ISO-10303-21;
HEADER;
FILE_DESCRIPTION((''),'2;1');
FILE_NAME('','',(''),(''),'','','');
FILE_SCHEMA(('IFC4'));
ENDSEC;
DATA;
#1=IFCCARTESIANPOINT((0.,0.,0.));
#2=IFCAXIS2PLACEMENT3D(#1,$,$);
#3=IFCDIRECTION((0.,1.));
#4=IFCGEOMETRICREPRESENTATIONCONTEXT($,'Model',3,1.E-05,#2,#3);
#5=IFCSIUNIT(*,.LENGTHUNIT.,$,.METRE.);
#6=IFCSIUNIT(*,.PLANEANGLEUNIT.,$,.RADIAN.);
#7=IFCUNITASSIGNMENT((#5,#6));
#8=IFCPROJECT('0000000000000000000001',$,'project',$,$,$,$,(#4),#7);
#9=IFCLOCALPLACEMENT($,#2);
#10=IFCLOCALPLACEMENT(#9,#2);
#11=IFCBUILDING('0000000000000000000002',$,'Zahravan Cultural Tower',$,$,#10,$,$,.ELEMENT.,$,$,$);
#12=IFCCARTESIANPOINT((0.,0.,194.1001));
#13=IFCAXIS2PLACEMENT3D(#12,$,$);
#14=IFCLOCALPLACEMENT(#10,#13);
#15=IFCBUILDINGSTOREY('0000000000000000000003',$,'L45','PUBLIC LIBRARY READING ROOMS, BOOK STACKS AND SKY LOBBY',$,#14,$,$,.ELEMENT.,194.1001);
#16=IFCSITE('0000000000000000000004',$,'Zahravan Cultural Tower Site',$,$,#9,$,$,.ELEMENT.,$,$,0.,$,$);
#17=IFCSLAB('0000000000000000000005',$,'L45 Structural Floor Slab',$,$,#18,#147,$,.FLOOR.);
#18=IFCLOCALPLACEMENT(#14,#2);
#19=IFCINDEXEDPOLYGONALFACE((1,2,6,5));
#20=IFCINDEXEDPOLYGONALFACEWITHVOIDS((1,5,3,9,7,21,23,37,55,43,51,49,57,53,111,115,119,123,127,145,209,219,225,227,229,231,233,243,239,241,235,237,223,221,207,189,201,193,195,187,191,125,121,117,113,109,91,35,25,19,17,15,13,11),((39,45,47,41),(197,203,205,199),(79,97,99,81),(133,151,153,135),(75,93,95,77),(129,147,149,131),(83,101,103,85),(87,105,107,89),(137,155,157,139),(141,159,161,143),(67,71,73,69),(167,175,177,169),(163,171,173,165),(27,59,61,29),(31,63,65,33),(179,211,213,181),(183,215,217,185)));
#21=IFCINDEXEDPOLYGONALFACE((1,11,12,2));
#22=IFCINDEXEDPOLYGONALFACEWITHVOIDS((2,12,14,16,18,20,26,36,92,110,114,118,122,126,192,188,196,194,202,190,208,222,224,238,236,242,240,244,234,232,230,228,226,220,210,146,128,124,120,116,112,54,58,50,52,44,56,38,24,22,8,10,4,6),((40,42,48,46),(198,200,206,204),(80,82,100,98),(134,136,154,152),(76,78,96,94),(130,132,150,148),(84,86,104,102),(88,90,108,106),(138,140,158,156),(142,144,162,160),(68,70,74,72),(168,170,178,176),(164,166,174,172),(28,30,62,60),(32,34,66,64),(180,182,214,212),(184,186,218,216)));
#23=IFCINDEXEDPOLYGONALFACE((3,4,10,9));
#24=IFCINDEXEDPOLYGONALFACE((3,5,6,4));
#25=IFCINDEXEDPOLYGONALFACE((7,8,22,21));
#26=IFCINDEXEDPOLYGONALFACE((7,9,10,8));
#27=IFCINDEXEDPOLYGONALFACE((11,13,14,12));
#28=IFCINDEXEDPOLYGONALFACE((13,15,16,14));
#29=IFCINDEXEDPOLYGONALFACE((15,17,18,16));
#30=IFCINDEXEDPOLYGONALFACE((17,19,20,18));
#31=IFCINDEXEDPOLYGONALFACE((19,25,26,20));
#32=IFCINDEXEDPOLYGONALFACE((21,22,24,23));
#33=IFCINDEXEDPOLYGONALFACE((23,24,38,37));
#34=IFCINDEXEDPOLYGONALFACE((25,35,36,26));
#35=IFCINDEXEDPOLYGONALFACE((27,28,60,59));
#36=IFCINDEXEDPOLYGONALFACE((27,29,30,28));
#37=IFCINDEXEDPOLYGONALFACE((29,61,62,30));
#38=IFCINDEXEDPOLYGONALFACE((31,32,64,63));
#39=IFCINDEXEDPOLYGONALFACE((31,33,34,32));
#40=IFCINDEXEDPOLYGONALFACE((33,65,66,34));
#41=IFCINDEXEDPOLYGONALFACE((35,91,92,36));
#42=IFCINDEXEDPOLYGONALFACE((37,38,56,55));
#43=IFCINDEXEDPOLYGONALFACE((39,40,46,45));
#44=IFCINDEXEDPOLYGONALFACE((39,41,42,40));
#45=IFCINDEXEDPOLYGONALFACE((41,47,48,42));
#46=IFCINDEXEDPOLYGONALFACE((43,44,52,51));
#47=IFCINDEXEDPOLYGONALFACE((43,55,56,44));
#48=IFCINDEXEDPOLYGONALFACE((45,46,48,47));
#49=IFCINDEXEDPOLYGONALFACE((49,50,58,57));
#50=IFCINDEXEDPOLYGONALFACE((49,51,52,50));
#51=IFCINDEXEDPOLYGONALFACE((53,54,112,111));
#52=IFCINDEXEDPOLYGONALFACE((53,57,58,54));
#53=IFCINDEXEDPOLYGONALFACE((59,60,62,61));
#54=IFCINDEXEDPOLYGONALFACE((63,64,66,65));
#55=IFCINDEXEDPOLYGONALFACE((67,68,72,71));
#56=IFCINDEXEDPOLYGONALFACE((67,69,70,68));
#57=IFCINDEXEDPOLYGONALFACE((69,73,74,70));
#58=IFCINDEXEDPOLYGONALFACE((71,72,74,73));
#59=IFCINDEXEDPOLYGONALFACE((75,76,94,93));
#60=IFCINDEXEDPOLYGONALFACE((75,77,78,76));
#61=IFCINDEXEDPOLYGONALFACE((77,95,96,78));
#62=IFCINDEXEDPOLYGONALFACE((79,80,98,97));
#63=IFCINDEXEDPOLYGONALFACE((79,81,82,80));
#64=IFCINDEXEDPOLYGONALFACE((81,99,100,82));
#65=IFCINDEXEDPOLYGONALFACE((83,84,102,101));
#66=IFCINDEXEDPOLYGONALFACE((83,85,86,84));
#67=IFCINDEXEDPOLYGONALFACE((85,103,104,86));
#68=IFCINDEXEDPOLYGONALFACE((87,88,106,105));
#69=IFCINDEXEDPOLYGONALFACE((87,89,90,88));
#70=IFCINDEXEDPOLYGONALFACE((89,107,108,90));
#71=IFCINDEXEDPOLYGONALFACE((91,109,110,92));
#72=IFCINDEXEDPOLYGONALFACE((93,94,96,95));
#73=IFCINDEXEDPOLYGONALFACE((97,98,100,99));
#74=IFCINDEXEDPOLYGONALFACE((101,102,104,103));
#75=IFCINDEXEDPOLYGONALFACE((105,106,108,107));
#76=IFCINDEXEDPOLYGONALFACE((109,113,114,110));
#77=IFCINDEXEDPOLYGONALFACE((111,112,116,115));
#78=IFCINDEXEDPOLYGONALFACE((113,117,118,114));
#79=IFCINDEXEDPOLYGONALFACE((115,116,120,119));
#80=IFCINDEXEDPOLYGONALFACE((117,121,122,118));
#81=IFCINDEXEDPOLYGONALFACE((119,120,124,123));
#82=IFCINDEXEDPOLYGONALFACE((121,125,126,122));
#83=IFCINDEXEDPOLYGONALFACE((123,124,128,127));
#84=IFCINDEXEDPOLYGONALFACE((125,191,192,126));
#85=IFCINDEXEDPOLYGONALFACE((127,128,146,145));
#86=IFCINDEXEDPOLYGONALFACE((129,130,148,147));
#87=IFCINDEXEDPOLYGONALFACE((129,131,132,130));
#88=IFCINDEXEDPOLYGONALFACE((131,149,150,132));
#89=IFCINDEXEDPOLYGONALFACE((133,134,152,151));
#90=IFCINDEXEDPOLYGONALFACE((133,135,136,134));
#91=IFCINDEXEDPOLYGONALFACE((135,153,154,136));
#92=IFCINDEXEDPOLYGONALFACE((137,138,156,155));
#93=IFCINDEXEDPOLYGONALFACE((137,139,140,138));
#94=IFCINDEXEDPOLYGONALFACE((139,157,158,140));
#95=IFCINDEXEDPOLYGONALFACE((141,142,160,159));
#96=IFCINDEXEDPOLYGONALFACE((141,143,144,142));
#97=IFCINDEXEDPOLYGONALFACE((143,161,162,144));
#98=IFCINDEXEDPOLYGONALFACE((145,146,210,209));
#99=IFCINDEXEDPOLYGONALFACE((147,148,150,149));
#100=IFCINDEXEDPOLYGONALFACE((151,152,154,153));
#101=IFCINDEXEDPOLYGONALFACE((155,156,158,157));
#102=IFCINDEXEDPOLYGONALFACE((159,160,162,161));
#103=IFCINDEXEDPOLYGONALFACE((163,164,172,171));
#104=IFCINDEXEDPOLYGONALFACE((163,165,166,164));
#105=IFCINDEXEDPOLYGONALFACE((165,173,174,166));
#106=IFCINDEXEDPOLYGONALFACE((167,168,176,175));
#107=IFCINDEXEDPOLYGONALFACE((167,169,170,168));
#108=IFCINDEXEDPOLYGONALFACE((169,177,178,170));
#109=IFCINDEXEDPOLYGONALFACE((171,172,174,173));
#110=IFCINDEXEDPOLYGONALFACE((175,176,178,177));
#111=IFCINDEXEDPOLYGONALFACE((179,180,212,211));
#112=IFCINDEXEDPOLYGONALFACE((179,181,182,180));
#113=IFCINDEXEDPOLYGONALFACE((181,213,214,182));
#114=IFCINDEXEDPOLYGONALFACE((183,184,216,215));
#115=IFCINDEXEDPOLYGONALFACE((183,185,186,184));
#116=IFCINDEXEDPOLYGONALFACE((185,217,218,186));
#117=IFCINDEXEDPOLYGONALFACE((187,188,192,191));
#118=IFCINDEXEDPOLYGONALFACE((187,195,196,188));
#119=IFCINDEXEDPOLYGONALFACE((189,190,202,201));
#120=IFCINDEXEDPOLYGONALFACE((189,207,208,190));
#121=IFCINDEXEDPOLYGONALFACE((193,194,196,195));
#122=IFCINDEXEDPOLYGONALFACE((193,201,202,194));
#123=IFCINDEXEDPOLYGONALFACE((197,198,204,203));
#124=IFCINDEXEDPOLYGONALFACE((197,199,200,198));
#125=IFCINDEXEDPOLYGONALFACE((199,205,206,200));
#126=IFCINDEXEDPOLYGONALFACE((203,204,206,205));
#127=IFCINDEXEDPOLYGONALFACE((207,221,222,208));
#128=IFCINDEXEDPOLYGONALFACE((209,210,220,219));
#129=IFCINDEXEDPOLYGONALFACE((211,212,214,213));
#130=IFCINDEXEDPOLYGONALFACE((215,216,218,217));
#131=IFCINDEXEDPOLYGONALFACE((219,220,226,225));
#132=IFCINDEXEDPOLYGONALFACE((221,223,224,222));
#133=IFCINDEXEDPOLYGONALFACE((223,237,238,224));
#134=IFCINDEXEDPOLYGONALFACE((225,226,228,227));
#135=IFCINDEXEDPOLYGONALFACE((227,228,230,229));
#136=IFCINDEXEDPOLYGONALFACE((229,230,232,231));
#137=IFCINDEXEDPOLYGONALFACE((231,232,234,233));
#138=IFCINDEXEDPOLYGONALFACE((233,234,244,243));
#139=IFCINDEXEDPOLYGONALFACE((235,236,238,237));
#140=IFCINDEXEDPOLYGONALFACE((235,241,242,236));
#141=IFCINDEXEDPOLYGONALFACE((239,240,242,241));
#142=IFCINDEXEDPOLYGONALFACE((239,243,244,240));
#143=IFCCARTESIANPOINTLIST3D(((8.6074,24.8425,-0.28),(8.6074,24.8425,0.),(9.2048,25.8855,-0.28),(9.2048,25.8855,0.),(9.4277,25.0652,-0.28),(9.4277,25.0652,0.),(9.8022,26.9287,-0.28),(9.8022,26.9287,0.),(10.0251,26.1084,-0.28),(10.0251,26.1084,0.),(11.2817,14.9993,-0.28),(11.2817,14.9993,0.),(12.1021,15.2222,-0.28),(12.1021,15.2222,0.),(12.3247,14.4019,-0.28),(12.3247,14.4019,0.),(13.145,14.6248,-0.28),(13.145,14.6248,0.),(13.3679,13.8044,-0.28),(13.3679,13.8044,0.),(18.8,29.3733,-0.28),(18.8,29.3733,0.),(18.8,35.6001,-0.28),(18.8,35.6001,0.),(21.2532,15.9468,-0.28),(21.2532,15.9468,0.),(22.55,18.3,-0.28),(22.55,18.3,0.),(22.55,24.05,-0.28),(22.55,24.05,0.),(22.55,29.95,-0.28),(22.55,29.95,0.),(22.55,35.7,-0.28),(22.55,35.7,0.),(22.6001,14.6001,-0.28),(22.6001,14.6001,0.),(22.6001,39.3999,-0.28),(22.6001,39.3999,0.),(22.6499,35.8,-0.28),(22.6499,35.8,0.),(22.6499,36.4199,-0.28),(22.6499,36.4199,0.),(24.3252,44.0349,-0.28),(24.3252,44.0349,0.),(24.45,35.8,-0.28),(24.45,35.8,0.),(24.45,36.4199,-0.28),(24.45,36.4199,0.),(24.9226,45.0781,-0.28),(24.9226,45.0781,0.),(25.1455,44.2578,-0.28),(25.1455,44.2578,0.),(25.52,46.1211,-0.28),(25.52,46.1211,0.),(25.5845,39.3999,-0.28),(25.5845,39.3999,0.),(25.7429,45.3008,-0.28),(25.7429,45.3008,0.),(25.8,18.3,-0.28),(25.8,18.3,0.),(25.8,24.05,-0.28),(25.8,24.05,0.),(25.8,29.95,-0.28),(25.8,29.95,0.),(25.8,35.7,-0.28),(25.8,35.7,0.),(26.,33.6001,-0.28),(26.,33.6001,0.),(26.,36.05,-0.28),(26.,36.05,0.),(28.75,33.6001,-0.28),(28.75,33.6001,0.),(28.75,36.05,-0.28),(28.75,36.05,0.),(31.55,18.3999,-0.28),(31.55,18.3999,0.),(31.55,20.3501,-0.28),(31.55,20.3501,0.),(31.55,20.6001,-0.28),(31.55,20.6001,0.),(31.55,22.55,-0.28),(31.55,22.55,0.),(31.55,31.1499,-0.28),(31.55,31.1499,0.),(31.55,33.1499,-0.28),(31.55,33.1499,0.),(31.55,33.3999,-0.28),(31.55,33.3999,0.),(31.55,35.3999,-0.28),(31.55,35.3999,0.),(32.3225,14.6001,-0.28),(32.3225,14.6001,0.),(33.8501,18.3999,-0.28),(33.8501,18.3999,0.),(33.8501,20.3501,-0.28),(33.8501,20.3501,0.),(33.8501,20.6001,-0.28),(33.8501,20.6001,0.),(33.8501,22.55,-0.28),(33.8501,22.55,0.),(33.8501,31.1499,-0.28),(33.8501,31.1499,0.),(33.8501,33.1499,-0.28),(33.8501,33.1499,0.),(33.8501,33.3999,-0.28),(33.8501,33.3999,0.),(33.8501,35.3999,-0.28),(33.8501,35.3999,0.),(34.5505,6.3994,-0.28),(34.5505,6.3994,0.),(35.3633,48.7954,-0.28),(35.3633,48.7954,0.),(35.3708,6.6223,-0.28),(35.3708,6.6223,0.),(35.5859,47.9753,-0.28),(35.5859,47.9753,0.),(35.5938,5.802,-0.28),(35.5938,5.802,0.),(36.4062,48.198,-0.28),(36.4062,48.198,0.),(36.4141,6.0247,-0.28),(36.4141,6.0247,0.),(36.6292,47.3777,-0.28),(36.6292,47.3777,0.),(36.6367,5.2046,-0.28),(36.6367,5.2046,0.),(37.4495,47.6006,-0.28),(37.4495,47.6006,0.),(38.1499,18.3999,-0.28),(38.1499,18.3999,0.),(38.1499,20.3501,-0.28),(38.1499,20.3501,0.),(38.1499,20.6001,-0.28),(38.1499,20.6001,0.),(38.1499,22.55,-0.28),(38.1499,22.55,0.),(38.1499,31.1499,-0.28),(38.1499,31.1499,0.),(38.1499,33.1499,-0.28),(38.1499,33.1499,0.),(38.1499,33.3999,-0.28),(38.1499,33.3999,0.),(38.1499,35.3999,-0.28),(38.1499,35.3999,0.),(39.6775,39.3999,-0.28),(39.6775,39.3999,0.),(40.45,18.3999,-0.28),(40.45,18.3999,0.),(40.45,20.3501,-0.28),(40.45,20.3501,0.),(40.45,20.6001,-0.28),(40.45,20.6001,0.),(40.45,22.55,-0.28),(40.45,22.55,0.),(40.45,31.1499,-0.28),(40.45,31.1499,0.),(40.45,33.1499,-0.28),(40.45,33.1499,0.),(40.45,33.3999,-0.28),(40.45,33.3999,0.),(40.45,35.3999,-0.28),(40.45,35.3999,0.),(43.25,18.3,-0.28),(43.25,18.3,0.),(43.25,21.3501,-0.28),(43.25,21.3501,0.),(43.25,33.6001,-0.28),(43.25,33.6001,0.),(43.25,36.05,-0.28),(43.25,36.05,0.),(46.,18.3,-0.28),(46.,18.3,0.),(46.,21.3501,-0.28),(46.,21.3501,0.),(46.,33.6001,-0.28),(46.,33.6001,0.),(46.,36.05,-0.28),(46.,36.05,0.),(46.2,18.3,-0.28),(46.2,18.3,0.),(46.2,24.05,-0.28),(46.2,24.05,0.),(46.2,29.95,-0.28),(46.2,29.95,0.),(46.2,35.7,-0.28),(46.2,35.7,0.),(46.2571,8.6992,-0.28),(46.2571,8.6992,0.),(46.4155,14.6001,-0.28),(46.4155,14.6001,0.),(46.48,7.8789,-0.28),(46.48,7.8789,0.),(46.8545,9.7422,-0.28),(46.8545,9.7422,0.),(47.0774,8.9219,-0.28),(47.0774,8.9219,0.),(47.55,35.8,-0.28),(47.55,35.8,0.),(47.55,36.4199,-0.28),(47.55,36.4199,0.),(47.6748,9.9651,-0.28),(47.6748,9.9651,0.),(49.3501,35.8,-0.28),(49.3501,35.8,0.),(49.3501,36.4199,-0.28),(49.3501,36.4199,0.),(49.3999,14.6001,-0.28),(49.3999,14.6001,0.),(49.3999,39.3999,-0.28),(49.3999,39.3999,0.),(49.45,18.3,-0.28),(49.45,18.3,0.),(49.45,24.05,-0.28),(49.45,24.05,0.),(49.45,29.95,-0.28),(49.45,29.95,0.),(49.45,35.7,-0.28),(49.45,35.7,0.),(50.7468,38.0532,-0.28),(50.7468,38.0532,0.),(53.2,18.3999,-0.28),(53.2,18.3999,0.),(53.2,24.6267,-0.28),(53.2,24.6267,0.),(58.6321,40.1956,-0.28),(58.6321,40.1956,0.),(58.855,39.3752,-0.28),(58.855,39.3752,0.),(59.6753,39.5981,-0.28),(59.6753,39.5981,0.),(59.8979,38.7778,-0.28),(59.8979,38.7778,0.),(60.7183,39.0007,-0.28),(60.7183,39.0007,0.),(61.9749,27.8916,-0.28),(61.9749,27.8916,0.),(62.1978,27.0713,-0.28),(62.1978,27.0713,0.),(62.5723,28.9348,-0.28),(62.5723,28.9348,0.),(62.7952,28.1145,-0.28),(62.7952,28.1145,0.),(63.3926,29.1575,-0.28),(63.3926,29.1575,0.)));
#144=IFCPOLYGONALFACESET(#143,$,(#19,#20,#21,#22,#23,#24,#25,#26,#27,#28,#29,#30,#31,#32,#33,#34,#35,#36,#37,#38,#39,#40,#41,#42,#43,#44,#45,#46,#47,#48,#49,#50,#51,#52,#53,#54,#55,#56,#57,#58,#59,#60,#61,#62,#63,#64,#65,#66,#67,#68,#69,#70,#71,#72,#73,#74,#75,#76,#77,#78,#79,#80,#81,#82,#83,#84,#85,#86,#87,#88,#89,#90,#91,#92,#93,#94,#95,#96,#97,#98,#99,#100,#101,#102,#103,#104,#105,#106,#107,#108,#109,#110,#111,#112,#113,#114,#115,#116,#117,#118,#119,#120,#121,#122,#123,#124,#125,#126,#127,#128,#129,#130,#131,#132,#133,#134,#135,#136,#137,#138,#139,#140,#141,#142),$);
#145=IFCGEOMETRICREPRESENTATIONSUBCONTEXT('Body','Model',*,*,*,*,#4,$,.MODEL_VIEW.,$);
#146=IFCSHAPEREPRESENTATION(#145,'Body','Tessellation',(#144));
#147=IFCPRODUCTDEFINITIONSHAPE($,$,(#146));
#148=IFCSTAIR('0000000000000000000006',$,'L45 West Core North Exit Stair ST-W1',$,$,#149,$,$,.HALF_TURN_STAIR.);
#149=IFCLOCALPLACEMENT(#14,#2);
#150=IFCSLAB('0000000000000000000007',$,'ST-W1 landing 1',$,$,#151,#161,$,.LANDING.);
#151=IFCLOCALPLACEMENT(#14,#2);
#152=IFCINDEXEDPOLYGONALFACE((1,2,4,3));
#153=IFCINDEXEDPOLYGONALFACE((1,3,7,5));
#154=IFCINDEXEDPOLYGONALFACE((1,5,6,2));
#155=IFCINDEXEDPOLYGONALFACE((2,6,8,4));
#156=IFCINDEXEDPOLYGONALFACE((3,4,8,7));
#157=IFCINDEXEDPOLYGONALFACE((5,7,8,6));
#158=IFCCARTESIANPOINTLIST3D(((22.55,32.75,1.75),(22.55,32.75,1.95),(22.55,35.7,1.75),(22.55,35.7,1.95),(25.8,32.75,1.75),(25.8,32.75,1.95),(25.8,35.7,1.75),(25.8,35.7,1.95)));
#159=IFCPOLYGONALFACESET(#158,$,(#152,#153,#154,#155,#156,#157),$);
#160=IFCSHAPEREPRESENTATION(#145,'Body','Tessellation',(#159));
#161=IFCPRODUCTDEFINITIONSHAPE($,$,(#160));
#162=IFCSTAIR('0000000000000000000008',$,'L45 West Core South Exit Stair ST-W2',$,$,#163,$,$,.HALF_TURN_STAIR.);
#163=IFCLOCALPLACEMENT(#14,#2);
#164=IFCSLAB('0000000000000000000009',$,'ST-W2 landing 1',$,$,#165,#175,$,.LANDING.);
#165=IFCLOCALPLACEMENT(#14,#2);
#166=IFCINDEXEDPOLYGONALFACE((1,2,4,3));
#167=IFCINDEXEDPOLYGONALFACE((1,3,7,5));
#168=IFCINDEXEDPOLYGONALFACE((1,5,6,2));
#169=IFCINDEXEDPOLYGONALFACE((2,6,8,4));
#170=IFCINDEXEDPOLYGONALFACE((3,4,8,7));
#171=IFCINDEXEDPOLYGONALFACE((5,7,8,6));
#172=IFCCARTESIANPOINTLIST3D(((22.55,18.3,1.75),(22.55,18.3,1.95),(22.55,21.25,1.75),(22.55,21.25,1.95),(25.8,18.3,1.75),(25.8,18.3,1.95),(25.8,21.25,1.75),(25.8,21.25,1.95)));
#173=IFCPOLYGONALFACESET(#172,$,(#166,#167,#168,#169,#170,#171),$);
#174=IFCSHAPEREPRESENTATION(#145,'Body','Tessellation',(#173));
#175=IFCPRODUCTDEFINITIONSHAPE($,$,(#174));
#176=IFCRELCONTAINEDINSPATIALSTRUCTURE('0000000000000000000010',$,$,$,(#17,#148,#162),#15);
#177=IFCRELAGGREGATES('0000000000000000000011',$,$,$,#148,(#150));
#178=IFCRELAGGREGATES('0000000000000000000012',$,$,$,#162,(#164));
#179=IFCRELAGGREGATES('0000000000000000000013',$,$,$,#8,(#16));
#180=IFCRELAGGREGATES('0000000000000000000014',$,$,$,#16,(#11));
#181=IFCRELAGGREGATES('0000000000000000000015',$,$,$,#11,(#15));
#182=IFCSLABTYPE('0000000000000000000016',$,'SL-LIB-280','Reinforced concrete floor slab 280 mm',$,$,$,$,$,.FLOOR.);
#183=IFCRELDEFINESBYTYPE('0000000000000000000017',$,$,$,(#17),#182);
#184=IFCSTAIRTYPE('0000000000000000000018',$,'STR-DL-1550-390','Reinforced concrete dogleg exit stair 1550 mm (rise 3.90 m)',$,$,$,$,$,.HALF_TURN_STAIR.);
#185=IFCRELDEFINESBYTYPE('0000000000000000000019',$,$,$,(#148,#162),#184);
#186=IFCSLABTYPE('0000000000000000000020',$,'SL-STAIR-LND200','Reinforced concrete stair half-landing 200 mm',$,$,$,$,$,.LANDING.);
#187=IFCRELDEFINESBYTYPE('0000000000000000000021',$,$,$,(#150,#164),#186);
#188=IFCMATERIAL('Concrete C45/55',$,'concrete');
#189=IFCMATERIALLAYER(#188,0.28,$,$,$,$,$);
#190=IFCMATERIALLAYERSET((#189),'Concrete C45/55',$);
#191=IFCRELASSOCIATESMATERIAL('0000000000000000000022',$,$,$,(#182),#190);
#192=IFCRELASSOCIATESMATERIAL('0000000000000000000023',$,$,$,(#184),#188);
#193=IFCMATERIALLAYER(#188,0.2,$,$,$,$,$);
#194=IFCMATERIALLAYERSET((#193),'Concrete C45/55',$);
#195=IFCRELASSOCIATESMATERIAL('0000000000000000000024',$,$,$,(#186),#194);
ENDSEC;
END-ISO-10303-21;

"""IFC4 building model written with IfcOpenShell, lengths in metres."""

from ifc_helpers import new_model, si_unit, direction, frame, origin, place, context, subcontext, project, spatial, polyline, outline, extrude, material, layer, layer_set, type_object, element, aggregate, save


model = new_model("IFC4")

# Units and contexts
model_context = context("Model", 3, precision=1e-05, world=origin(), true_north=direction((0.0, 1.0)))
body_context = subcontext(model_context, "Body", "Model", "MODEL_VIEW")
ifc_project = project(units=[si_unit("LENGTHUNIT", "METRE"), si_unit("PLANEANGLEUNIT", "RADIAN")], contexts=[model_context])

# Site, building, storey
site_placement = place(None, origin())
site = spatial("IfcSite", under=ifc_project, at=site_placement, Name="Zahravan Cultural Tower Site", CompositionType="ELEMENT", RefElevation=0.0)
building_placement = place(site_placement, origin())
building = spatial("IfcBuilding", under=site, at=building_placement, Name="Zahravan Cultural Tower", CompositionType="ELEMENT")
storey_placement = place(building_placement, frame((0.0, 0.0, 194.1001)))
storey = spatial("IfcBuildingStorey", under=building, at=storey_placement, Name="L45", Description="PUBLIC LIBRARY READING ROOMS, BOOK STACKS AND SKY LOBBY", CompositionType="ELEMENT", Elevation=194.1001)

# Slab
ifc_material_1 = material(Name="Concrete C45/55", Category="concrete")
ifc_layer_1 = layer(ifc_material_1, 0.28)
ifc_layer_set_1 = layer_set([ifc_layer_1], Name="Concrete C45/55")
slab_type_1 = type_object("IfcSlabType", Name="SL-LIB-280", Description="Reinforced concrete floor slab 280 mm", PredefinedType="FLOOR", material=ifc_layer_set_1)
slab_1_placement = place(storey_placement, frame((0.0, 0.0, -0.28)))
element("IfcSlab", 1, at=slab_1_placement, inside=storey, type_object=slab_type_1, Name="L45 Structural Floor Slab", PredefinedType="FLOOR", context=body_context, shape_type="SweptSolid", body=[
    extrude(outline(polyline([(50.7468, 38.0532), (49.3999, 39.3999), (39.6775, 39.3999), (37.4495, 47.6006), (36.6292, 47.3777), (36.4062, 48.198), (35.5859, 47.9753), (35.3633, 48.7954), (25.52, 46.1211), (25.7429, 45.3008), (24.9226, 45.0781), (25.1455, 44.2578), (24.3252, 44.0349), (25.5845, 39.3999), (22.6001, 39.3999), (18.8, 35.6001), (18.8, 29.3733), (9.8022, 26.9287), (10.0251, 26.1084), (9.2048, 25.8855), (9.4277, 25.0652), (8.6074, 24.8425), (11.2817, 14.9993), (12.1021, 15.2222), (12.3247, 14.4019), (13.145, 14.6248), (13.3679, 13.8044), (21.2532, 15.9468), (22.6001, 14.6001), (32.3225, 14.6001), (34.5505, 6.3994), (35.3708, 6.6223), (35.5938, 5.802), (36.4141, 6.0247), (36.6367, 5.2046), (46.48, 7.8789), (46.2571, 8.6992), (47.0774, 8.9219), (46.8545, 9.7422), (47.6748, 9.9651), (46.4155, 14.6001), (49.3999, 14.6001), (53.2, 18.3999), (53.2, 24.6267), (62.1978, 27.0713), (61.9749, 27.8916), (62.7952, 28.1145), (62.5723, 28.9348), (63.3926, 29.1575), (60.7183, 39.0007), (59.8979, 38.7778), (59.6753, 39.5981), (58.855, 39.3752), (58.6321, 40.1956), (50.7468, 38.0532)]), holes=[polyline([(22.55, 29.95), (22.55, 35.7), (25.8, 35.7), (25.8, 29.95), (22.55, 29.95)]), polyline([(22.55, 18.3), (22.55, 24.05), (25.8, 24.05), (25.8, 18.3), (22.55, 18.3)]), polyline([(46.2, 29.95), (46.2, 35.7), (49.45, 35.7), (49.45, 29.95), (46.2, 29.95)]), polyline([(46.2, 18.3), (46.2, 24.05), (49.45, 24.05), (49.45, 18.3), (46.2, 18.3)]), polyline([(26.0, 33.6001), (26.0, 36.05), (28.75, 36.05), (28.75, 33.6001), (26.0, 33.6001)]), polyline([(43.25, 33.6001), (43.25, 36.05), (46.0, 36.05), (46.0, 33.6001), (43.25, 33.6001)]), polyline([(43.25, 18.3), (43.25, 21.3501), (46.0, 21.3501), (46.0, 18.3), (43.25, 18.3)]), polyline([(31.55, 33.3999), (31.55, 35.3999), (33.8501, 35.3999), (33.8501, 33.3999), (31.55, 33.3999)]), polyline([(31.55, 31.1499), (31.55, 33.1499), (33.8501, 33.1499), (33.8501, 31.1499), (31.55, 31.1499)]), polyline([(38.1499, 33.3999), (38.1499, 35.3999), (40.45, 35.3999), (40.45, 33.3999), (38.1499, 33.3999)]), polyline([(38.1499, 31.1499), (38.1499, 33.1499), (40.45, 33.1499), (40.45, 31.1499), (38.1499, 31.1499)]), polyline([(31.55, 20.6001), (31.55, 22.55), (33.8501, 22.55), (33.8501, 20.6001), (31.55, 20.6001)]), polyline([(31.55, 18.3999), (31.55, 20.3501), (33.8501, 20.3501), (33.8501, 18.3999), (31.55, 18.3999)]), polyline([(38.1499, 20.6001), (38.1499, 22.55), (40.45, 22.55), (40.45, 20.6001), (38.1499, 20.6001)]), polyline([(38.1499, 18.3999), (38.1499, 20.3501), (40.45, 20.3501), (40.45, 18.3999), (38.1499, 18.3999)]), polyline([(22.6499, 35.8), (22.6499, 36.4199), (24.45, 36.4199), (24.45, 35.8), (22.6499, 35.8)]), polyline([(47.55, 35.8), (47.55, 36.4199), (49.3501, 36.4199), (49.3501, 35.8), (47.55, 35.8)])]), origin(), (0.0, 0.0, 1.0), 0.28),
])

# Stairs, slabs
stair_type = type_object("IfcStairType", Name="STR-DL-1550-390", Description="Reinforced concrete dogleg exit stair 1550 mm (rise 3.90 m)", PredefinedType="HALF_TURN_STAIR", material=ifc_material_1)
stair_1_placement = place(storey_placement, origin())
stair_1 = element("IfcStair", 2, at=stair_1_placement, inside=storey, type_object=stair_type, Name="L45 West Core North Exit Stair ST-W1", PredefinedType="HALF_TURN_STAIR")
ifc_layer_2 = layer(ifc_material_1, 0.2)
ifc_layer_set_2 = layer_set([ifc_layer_2], Name="Concrete C45/55")
slab_type_2 = type_object("IfcSlabType", Name="SL-STAIR-LND200", Description="Reinforced concrete stair half-landing 200 mm", PredefinedType="LANDING", material=ifc_layer_set_2)
slab_2_placement = place(storey_placement, frame((0.0, 0.0, 1.75)))
slab_2 = element("IfcSlab", 3, at=slab_2_placement, type_object=slab_type_2, Name="ST-W1 landing 1", PredefinedType="LANDING", context=body_context, shape_type="SweptSolid", body=[
    extrude(outline(polyline([(25.8, 32.75), (25.8, 35.7), (22.55, 35.7), (22.55, 32.75), (25.8, 32.75)])), origin(), (0.0, 0.0, 1.0), 0.2),
])
aggregate(stair_1, [slab_2])
stair_2_placement = place(storey_placement, origin())
stair_2 = element("IfcStair", 4, at=stair_2_placement, inside=storey, type_object=stair_type, Name="L45 West Core South Exit Stair ST-W2", PredefinedType="HALF_TURN_STAIR")
slab_3_placement = place(storey_placement, frame((0.0, 0.0, 1.75)))
slab_3 = element("IfcSlab", 5, at=slab_3_placement, type_object=slab_type_2, Name="ST-W2 landing 1", PredefinedType="LANDING", context=body_context, shape_type="SweptSolid", body=[
    extrude(outline(polyline([(22.55, 21.25), (22.55, 18.3), (25.8, 18.3), (25.8, 21.25), (22.55, 21.25)])), origin(), (0.0, 0.0, 1.0), 0.2),
])
aggregate(stair_2, [slab_3])

save(model, "model.ifc")
